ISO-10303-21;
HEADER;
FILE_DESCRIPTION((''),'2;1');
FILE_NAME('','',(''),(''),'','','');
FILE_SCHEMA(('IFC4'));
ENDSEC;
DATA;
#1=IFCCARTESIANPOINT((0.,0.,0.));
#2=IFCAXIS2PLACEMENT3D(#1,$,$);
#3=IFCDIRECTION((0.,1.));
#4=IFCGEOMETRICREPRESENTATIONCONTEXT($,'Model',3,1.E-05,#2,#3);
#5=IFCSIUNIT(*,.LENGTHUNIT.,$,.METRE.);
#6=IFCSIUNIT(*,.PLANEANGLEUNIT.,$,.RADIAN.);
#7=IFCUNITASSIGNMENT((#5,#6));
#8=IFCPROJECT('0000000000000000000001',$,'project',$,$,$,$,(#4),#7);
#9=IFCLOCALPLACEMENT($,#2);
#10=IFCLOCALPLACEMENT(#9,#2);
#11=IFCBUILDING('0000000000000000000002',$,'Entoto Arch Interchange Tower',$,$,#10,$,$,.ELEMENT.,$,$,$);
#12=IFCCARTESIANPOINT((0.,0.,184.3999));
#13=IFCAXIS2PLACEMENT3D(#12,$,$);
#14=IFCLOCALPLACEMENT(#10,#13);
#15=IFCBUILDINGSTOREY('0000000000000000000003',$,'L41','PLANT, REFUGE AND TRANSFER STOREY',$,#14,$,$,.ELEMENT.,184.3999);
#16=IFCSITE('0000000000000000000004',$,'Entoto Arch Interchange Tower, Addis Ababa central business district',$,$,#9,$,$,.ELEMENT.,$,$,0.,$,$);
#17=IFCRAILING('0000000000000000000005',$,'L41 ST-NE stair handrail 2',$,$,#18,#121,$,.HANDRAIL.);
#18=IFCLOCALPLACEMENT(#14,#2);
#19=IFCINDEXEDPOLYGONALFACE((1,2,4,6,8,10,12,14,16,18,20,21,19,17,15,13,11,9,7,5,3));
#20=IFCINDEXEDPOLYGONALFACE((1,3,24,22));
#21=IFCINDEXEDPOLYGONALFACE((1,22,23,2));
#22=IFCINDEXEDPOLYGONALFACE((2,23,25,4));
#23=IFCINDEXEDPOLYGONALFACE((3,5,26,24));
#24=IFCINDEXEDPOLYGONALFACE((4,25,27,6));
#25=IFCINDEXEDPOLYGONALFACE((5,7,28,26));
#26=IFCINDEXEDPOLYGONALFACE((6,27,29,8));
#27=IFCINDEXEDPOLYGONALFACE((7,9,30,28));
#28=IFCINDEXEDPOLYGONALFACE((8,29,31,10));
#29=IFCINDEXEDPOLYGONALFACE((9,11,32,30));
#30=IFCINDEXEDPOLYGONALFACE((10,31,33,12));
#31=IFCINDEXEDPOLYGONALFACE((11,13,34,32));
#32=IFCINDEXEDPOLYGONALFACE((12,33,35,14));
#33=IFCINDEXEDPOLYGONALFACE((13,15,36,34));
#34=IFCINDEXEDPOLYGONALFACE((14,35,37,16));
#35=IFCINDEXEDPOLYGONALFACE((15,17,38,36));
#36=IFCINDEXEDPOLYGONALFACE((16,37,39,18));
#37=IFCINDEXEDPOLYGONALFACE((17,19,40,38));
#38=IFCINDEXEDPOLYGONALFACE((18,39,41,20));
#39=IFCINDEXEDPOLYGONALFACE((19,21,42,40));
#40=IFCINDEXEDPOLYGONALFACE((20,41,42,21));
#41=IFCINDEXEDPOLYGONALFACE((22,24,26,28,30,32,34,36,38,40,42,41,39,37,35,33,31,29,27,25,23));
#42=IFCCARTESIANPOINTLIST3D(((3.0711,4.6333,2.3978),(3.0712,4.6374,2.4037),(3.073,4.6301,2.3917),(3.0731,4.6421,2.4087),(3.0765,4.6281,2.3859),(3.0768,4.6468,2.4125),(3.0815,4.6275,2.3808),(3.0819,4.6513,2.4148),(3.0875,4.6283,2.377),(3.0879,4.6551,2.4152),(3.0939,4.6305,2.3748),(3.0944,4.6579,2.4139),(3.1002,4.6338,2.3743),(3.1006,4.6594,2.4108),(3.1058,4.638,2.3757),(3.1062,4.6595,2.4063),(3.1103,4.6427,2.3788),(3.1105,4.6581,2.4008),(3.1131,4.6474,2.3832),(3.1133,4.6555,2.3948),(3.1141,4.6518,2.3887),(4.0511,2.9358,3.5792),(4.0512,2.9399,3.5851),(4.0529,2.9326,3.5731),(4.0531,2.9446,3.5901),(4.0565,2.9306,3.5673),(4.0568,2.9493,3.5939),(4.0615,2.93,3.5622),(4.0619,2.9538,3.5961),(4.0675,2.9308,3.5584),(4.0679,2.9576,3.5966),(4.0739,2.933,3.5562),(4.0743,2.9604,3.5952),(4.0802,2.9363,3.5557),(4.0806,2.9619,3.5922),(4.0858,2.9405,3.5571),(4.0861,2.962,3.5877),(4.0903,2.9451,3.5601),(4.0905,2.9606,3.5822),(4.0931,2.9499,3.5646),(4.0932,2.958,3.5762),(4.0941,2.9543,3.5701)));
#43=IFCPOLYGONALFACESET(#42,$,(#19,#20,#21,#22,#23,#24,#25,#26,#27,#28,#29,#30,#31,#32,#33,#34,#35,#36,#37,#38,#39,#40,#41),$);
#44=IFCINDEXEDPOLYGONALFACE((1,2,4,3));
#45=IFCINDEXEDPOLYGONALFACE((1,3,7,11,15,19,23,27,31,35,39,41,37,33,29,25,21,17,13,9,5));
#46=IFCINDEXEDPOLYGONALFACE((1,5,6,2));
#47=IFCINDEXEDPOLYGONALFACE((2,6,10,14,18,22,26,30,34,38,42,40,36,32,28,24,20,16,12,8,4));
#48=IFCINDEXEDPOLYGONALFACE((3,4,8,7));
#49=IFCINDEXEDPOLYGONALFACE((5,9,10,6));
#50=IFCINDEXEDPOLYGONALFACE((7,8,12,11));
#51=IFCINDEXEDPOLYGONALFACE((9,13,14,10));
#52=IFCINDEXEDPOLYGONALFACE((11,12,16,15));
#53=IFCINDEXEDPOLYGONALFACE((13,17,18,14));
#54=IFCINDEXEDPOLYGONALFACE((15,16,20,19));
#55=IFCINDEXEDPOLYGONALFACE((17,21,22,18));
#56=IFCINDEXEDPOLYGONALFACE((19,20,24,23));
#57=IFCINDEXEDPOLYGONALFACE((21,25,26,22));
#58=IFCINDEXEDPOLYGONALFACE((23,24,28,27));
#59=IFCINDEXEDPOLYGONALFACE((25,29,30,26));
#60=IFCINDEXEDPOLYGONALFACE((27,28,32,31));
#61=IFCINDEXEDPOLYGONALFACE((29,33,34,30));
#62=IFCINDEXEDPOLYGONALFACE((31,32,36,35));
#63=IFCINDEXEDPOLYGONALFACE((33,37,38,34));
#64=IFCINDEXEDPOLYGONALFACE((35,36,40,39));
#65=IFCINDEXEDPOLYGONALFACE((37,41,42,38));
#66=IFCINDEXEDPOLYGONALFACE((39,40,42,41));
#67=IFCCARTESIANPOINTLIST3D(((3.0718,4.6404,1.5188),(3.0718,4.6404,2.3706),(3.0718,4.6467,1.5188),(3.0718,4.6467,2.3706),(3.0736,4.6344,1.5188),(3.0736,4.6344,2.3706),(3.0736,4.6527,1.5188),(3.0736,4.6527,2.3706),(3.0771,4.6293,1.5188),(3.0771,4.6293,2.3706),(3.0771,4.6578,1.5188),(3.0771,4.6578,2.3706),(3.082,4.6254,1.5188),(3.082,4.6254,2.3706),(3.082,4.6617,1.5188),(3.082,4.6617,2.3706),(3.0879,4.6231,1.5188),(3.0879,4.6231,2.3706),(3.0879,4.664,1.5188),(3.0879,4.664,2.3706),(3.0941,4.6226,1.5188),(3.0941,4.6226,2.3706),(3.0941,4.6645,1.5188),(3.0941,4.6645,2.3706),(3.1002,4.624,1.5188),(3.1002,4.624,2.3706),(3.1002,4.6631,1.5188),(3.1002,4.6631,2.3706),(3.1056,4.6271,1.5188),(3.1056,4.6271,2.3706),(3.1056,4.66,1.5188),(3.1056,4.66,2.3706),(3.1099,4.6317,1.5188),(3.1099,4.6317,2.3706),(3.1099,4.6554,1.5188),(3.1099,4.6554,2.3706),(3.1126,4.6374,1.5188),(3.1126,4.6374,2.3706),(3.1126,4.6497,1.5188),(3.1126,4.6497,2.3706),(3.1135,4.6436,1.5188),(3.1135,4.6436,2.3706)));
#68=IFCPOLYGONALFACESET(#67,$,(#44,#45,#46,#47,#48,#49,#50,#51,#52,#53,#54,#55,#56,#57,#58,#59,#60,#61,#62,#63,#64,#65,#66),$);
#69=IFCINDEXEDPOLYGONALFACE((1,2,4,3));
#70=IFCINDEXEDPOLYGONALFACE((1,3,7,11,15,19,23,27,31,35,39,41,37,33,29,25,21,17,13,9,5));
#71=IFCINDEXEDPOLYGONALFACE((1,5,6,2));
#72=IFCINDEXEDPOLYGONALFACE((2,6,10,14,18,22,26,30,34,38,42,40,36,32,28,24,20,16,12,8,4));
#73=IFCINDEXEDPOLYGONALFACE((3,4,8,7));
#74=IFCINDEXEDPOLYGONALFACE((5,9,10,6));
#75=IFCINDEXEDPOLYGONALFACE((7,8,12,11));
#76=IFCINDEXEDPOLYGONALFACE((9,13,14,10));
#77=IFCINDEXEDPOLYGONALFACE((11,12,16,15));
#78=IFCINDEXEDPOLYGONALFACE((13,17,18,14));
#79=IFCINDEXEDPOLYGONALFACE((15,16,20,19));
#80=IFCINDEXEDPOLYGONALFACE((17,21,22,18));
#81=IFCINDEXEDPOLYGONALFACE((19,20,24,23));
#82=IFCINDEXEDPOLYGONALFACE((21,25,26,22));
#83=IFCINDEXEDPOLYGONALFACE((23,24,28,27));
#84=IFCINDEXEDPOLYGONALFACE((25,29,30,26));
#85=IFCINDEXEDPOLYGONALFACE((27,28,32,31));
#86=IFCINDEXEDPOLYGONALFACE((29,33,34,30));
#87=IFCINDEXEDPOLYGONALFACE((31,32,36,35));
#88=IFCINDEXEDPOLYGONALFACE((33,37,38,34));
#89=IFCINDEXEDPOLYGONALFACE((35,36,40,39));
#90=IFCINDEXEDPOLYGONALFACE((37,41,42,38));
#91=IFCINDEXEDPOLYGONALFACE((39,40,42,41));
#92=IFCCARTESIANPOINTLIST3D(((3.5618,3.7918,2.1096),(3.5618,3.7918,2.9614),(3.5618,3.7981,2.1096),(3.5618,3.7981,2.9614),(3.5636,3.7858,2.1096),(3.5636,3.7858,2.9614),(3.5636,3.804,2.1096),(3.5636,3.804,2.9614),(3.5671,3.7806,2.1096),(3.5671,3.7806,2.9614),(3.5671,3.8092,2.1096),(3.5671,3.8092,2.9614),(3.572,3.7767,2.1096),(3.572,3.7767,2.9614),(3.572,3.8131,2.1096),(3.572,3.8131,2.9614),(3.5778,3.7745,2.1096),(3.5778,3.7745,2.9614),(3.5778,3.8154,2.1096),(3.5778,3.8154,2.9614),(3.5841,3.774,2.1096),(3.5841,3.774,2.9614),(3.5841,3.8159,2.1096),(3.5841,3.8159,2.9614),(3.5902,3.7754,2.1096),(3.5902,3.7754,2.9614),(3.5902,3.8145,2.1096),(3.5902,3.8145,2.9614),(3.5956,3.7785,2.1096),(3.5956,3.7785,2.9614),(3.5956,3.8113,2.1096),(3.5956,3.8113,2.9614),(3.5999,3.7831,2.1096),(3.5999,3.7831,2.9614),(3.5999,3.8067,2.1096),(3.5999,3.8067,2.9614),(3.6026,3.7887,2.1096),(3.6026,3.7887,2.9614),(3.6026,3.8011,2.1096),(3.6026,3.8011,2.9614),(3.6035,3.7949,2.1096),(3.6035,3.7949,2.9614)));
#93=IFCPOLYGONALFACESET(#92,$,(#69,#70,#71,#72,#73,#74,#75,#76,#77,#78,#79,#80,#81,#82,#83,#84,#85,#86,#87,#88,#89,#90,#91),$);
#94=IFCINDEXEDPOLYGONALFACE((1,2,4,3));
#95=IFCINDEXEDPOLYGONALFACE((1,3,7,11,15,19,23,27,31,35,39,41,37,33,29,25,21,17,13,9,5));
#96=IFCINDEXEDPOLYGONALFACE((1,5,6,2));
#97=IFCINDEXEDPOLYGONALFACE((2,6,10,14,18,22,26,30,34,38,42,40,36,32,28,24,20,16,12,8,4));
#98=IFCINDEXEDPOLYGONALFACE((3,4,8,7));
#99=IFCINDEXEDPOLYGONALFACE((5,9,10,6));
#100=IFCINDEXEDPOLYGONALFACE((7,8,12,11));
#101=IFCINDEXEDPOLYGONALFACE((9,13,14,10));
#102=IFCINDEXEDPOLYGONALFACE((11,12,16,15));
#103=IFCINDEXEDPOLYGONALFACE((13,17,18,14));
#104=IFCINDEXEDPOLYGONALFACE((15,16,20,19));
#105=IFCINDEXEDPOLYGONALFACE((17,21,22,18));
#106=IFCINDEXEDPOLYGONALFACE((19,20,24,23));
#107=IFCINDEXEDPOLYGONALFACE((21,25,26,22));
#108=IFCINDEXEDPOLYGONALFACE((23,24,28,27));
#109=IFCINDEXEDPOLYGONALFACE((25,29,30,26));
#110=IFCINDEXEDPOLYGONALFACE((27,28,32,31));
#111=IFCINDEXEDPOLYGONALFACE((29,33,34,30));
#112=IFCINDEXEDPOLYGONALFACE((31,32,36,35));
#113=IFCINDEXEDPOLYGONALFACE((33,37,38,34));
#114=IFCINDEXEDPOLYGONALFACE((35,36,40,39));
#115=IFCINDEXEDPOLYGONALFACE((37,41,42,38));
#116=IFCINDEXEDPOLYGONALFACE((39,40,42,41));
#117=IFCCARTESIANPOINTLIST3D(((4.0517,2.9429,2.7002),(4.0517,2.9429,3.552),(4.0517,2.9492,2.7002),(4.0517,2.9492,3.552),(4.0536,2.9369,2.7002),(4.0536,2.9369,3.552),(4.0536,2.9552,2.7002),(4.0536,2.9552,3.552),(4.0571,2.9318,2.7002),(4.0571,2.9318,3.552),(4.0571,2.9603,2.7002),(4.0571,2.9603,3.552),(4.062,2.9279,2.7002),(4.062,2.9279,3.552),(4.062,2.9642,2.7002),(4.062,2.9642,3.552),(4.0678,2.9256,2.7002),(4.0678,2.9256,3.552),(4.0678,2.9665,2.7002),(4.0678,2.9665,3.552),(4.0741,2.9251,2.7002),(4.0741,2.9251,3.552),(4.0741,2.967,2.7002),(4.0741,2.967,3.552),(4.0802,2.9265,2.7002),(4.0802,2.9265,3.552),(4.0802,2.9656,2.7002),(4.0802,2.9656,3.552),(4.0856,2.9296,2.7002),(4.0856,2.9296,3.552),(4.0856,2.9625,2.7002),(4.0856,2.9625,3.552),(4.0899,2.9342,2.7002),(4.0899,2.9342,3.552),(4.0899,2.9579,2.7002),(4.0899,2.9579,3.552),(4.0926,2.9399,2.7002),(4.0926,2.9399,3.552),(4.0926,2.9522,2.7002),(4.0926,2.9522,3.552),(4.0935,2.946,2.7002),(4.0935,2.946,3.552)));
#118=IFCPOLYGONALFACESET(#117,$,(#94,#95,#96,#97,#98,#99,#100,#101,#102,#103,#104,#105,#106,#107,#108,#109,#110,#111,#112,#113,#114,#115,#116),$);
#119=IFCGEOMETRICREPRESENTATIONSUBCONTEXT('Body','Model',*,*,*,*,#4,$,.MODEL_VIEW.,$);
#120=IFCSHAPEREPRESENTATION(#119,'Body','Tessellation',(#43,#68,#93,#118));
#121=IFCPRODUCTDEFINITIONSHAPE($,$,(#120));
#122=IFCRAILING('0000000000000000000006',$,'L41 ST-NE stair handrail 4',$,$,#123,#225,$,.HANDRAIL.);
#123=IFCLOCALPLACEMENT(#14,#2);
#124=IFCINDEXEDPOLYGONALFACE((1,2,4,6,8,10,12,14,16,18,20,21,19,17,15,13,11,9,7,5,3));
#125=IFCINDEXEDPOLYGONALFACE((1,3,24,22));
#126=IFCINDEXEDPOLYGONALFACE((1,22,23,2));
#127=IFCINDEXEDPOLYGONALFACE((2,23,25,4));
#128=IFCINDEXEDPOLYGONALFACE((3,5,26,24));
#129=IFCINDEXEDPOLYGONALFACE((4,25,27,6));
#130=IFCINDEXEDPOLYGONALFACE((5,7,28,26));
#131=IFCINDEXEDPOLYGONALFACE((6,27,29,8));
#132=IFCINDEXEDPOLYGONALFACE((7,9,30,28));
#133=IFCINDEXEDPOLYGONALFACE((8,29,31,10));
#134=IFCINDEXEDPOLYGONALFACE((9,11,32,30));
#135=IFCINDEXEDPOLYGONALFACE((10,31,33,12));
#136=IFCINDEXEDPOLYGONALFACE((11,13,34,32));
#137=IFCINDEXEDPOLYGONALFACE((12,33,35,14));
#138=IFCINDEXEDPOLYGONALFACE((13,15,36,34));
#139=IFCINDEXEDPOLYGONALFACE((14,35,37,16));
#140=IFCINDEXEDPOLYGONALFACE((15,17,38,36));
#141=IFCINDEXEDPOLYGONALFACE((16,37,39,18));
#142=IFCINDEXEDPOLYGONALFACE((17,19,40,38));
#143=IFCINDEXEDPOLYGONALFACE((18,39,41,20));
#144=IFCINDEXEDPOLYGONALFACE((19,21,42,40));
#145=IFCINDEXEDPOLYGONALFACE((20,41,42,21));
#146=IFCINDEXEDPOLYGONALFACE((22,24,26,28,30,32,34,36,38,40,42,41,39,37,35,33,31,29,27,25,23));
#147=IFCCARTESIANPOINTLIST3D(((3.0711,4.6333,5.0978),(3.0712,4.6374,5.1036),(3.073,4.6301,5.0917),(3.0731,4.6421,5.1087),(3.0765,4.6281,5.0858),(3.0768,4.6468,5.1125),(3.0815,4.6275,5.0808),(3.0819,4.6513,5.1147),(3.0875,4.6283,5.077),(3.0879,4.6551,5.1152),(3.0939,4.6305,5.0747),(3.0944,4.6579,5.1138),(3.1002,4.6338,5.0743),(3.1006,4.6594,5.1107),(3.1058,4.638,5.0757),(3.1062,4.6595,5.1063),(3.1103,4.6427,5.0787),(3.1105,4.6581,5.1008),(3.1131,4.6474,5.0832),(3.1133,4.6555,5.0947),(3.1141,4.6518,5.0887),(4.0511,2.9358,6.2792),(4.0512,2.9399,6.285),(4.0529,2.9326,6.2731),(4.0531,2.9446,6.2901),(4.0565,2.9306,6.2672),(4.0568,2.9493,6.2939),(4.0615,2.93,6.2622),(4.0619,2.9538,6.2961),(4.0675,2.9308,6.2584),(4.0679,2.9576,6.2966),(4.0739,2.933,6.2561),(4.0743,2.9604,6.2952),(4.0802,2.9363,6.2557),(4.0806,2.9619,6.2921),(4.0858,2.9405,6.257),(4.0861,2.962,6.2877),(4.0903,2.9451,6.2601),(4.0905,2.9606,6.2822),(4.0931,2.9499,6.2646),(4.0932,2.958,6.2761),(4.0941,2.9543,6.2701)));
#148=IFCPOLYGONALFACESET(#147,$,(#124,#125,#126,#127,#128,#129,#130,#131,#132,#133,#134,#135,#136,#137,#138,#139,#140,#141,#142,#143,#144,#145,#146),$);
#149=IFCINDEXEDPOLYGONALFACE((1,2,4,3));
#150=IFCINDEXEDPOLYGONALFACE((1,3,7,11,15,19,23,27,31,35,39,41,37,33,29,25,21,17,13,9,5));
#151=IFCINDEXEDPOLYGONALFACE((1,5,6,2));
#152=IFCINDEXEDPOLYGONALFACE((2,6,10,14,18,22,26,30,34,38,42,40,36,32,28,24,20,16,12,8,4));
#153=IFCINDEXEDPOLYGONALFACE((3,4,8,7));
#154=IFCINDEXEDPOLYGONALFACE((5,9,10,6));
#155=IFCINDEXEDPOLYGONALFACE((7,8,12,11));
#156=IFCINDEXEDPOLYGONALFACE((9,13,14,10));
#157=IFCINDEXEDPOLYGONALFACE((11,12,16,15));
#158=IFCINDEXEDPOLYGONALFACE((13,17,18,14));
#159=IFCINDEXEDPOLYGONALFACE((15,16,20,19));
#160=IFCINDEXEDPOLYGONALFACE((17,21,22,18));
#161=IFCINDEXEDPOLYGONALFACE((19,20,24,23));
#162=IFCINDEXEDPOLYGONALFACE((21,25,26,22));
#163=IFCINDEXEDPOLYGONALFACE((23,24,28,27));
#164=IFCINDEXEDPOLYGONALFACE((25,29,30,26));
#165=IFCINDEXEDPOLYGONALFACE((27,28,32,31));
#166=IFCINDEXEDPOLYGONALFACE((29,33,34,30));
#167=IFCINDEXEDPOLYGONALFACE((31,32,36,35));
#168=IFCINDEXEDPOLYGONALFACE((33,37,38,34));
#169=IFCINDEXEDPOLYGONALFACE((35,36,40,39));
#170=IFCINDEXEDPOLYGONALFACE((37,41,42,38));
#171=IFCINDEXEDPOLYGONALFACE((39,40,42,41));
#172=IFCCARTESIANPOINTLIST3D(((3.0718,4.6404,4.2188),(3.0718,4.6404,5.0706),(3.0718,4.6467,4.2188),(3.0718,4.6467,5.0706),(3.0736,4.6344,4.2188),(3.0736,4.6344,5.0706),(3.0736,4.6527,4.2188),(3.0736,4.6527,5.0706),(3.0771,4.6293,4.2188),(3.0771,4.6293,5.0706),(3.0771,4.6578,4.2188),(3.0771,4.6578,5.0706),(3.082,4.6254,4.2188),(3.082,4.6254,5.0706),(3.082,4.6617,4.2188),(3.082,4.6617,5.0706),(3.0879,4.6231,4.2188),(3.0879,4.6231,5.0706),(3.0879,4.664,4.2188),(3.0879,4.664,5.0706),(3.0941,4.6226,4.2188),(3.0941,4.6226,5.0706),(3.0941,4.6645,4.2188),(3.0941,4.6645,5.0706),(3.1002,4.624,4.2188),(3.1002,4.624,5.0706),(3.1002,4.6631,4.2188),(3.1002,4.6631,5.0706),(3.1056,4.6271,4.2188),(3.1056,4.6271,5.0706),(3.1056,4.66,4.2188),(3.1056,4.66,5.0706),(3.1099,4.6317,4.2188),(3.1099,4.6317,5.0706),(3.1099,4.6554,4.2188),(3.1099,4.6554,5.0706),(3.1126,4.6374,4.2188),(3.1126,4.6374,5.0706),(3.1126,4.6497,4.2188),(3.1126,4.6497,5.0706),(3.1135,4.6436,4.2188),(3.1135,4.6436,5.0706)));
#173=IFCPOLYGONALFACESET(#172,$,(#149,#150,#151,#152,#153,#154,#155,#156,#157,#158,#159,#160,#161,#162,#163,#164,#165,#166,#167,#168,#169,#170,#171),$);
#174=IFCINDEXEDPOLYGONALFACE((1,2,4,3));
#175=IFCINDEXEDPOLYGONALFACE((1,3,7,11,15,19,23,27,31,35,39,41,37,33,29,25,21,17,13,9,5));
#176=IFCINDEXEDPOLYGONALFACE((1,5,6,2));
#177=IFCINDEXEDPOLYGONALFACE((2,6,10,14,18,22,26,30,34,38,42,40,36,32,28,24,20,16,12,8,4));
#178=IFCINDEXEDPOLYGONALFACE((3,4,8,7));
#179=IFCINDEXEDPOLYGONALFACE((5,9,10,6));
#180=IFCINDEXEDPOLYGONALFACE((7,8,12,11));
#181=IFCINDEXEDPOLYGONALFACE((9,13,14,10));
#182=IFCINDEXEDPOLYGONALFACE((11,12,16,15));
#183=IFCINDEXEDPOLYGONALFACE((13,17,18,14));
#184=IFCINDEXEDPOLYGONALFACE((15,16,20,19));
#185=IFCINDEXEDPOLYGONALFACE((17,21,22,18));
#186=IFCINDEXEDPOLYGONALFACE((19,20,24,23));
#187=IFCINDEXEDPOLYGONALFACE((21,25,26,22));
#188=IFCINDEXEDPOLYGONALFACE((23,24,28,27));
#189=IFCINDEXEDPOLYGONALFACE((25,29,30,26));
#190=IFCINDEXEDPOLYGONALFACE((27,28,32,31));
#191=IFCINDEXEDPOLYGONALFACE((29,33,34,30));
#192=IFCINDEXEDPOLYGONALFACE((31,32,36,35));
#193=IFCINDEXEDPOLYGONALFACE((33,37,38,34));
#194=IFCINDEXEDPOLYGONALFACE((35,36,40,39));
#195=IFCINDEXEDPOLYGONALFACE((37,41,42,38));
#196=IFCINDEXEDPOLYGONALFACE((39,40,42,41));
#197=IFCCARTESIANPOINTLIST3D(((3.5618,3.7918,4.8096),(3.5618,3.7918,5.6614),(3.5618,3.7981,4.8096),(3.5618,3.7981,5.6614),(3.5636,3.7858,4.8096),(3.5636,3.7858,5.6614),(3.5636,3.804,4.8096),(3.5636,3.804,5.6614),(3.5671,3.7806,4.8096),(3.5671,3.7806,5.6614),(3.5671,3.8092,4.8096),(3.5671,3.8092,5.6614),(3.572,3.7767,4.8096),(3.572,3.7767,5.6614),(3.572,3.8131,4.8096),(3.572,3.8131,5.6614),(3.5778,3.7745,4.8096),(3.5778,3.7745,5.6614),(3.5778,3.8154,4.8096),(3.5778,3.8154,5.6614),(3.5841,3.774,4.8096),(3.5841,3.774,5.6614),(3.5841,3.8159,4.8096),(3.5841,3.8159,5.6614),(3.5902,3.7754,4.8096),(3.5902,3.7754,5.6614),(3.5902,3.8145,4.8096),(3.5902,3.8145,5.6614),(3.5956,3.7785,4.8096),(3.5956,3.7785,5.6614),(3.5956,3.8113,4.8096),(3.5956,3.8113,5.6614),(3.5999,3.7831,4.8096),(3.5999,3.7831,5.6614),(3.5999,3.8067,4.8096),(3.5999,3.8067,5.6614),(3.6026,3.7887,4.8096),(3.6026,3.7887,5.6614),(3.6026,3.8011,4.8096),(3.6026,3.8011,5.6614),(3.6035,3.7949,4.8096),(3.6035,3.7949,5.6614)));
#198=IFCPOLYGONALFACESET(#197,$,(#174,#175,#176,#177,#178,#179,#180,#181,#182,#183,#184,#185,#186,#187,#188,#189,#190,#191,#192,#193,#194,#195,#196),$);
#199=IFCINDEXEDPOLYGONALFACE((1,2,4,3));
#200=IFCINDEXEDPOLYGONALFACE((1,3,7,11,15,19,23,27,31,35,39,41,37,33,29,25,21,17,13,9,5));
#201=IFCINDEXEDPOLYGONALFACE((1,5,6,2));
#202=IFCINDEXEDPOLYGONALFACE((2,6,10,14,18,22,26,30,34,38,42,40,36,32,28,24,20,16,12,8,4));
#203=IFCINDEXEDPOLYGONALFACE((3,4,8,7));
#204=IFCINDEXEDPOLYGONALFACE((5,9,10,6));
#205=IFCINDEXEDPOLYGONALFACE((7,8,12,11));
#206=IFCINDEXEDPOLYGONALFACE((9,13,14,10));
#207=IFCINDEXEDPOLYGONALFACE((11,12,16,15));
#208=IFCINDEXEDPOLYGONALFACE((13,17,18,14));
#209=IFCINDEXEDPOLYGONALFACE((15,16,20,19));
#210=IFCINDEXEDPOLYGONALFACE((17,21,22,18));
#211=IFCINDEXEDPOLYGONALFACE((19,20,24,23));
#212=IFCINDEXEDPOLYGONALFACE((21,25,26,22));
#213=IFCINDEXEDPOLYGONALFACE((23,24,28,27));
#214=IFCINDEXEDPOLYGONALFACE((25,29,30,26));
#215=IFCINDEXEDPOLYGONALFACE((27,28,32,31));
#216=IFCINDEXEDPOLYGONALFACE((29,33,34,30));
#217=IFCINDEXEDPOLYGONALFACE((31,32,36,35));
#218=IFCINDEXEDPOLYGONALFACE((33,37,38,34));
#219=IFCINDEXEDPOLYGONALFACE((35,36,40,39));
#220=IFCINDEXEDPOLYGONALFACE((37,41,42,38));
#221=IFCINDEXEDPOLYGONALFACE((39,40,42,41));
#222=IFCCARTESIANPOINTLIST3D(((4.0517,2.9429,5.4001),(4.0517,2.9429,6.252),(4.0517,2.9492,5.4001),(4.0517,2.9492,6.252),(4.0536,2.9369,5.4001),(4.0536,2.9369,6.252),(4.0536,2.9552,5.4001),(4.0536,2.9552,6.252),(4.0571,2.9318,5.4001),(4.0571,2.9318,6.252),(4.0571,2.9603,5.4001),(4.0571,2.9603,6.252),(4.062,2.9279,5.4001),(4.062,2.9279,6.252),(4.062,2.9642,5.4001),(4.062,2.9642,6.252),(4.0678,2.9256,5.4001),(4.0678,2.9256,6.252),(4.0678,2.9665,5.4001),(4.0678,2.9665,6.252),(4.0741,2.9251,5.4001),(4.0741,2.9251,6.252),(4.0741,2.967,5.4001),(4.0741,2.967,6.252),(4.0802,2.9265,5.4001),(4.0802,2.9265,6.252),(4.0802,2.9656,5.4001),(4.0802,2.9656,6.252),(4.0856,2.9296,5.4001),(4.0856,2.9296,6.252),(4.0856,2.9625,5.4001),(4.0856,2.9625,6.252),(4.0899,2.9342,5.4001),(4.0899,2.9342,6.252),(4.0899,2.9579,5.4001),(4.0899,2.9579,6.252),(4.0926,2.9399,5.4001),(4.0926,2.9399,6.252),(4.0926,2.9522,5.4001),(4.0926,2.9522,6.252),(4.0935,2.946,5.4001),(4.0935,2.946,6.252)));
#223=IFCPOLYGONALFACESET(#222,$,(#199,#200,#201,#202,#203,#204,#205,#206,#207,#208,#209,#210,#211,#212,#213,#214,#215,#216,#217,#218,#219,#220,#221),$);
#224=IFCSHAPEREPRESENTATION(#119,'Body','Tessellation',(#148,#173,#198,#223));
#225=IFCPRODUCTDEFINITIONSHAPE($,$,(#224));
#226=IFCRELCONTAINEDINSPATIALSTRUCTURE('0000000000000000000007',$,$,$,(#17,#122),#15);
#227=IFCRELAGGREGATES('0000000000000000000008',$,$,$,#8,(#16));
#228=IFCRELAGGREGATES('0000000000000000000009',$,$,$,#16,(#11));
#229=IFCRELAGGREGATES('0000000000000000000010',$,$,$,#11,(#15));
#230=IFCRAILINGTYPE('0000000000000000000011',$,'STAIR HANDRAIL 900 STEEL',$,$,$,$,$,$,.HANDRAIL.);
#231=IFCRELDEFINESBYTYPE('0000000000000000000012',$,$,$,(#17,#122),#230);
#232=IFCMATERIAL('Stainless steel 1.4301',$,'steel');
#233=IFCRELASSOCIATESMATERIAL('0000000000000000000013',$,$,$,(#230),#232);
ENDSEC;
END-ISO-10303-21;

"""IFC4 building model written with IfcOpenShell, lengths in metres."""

from ifc_helpers import new_model, si_unit, direction, frame, origin, origin_2d, place, context, subcontext, project, spatial, circle, extrude, material, type_object, element, save


model = new_model("IFC4")

# Units and contexts
model_context = context("Model", 3, precision=1e-05, world=origin(), true_north=direction((0.0, 1.0)))
body_context = subcontext(model_context, "Body", "Model", "MODEL_VIEW")
ifc_project = project(units=[si_unit("LENGTHUNIT", "METRE"), si_unit("PLANEANGLEUNIT", "RADIAN")], contexts=[model_context])

# Site, building, storey
site_placement = place(None, origin())
site = spatial("IfcSite", under=ifc_project, at=site_placement, Name="Entoto Arch Interchange Tower, Addis Ababa central business district", CompositionType="ELEMENT", RefElevation=0.0)
building_placement = place(site_placement, origin())
building = spatial("IfcBuilding", under=site, at=building_placement, Name="Entoto Arch Interchange Tower", CompositionType="ELEMENT")
storey_placement = place(building_placement, frame((0.0, 0.0, 184.3999)))
storey = spatial("IfcBuildingStorey", under=building, at=storey_placement, Name="L41", Description="PLANT, REFUGE AND TRANSFER STOREY", CompositionType="ELEMENT", Elevation=184.3999)

# Railings
ifc_material_1 = material(Name="Stainless steel 1.4301", Category="steel")
railing_type_1 = type_object("IfcRailingType", Name="STAIR HANDRAIL 900 STEEL", PredefinedType="HANDRAIL", material=ifc_material_1)
for number, where, name in (
    (1, (3.0925, 4.6436, 1.5188), "L41 ST-NE stair handrail 2"),
    (2, (3.0925, 4.6436, 4.2188), "L41 ST-NE stair handrail 4"),
):
    element("IfcRailing", number, at=place(storey_placement, frame(where)), inside=storey, type_object=railing_type_1, Name=name, PredefinedType="HANDRAIL", context=body_context, shape_type="SweptSolid", body=[
        extrude(circle(Radius=0.0239, at=origin_2d()), frame((0.0, 0.0, 0.876), z_axis=(0.428205, -0.741731, 0.516214), x_axis=(0.866042, 0.49997, 0.0)), (0.0, 0.0, 1.0), 2.2886),
        extrude(circle(Radius=0.021, at=origin_2d()), origin(), (0.0, 0.0, 1.0), 0.8518),
        extrude(circle(Radius=0.021, at=origin_2d()), frame((0.49, -0.8486, 0.5908)), (0.0, 0.0, 1.0), 0.8518),
        extrude(circle(Radius=0.021, at=origin_2d()), frame((0.98, -1.6975, 1.1814)), (0.0, 0.0, 1.0), 0.8518),
    ])

save(model, "model.ifc")
